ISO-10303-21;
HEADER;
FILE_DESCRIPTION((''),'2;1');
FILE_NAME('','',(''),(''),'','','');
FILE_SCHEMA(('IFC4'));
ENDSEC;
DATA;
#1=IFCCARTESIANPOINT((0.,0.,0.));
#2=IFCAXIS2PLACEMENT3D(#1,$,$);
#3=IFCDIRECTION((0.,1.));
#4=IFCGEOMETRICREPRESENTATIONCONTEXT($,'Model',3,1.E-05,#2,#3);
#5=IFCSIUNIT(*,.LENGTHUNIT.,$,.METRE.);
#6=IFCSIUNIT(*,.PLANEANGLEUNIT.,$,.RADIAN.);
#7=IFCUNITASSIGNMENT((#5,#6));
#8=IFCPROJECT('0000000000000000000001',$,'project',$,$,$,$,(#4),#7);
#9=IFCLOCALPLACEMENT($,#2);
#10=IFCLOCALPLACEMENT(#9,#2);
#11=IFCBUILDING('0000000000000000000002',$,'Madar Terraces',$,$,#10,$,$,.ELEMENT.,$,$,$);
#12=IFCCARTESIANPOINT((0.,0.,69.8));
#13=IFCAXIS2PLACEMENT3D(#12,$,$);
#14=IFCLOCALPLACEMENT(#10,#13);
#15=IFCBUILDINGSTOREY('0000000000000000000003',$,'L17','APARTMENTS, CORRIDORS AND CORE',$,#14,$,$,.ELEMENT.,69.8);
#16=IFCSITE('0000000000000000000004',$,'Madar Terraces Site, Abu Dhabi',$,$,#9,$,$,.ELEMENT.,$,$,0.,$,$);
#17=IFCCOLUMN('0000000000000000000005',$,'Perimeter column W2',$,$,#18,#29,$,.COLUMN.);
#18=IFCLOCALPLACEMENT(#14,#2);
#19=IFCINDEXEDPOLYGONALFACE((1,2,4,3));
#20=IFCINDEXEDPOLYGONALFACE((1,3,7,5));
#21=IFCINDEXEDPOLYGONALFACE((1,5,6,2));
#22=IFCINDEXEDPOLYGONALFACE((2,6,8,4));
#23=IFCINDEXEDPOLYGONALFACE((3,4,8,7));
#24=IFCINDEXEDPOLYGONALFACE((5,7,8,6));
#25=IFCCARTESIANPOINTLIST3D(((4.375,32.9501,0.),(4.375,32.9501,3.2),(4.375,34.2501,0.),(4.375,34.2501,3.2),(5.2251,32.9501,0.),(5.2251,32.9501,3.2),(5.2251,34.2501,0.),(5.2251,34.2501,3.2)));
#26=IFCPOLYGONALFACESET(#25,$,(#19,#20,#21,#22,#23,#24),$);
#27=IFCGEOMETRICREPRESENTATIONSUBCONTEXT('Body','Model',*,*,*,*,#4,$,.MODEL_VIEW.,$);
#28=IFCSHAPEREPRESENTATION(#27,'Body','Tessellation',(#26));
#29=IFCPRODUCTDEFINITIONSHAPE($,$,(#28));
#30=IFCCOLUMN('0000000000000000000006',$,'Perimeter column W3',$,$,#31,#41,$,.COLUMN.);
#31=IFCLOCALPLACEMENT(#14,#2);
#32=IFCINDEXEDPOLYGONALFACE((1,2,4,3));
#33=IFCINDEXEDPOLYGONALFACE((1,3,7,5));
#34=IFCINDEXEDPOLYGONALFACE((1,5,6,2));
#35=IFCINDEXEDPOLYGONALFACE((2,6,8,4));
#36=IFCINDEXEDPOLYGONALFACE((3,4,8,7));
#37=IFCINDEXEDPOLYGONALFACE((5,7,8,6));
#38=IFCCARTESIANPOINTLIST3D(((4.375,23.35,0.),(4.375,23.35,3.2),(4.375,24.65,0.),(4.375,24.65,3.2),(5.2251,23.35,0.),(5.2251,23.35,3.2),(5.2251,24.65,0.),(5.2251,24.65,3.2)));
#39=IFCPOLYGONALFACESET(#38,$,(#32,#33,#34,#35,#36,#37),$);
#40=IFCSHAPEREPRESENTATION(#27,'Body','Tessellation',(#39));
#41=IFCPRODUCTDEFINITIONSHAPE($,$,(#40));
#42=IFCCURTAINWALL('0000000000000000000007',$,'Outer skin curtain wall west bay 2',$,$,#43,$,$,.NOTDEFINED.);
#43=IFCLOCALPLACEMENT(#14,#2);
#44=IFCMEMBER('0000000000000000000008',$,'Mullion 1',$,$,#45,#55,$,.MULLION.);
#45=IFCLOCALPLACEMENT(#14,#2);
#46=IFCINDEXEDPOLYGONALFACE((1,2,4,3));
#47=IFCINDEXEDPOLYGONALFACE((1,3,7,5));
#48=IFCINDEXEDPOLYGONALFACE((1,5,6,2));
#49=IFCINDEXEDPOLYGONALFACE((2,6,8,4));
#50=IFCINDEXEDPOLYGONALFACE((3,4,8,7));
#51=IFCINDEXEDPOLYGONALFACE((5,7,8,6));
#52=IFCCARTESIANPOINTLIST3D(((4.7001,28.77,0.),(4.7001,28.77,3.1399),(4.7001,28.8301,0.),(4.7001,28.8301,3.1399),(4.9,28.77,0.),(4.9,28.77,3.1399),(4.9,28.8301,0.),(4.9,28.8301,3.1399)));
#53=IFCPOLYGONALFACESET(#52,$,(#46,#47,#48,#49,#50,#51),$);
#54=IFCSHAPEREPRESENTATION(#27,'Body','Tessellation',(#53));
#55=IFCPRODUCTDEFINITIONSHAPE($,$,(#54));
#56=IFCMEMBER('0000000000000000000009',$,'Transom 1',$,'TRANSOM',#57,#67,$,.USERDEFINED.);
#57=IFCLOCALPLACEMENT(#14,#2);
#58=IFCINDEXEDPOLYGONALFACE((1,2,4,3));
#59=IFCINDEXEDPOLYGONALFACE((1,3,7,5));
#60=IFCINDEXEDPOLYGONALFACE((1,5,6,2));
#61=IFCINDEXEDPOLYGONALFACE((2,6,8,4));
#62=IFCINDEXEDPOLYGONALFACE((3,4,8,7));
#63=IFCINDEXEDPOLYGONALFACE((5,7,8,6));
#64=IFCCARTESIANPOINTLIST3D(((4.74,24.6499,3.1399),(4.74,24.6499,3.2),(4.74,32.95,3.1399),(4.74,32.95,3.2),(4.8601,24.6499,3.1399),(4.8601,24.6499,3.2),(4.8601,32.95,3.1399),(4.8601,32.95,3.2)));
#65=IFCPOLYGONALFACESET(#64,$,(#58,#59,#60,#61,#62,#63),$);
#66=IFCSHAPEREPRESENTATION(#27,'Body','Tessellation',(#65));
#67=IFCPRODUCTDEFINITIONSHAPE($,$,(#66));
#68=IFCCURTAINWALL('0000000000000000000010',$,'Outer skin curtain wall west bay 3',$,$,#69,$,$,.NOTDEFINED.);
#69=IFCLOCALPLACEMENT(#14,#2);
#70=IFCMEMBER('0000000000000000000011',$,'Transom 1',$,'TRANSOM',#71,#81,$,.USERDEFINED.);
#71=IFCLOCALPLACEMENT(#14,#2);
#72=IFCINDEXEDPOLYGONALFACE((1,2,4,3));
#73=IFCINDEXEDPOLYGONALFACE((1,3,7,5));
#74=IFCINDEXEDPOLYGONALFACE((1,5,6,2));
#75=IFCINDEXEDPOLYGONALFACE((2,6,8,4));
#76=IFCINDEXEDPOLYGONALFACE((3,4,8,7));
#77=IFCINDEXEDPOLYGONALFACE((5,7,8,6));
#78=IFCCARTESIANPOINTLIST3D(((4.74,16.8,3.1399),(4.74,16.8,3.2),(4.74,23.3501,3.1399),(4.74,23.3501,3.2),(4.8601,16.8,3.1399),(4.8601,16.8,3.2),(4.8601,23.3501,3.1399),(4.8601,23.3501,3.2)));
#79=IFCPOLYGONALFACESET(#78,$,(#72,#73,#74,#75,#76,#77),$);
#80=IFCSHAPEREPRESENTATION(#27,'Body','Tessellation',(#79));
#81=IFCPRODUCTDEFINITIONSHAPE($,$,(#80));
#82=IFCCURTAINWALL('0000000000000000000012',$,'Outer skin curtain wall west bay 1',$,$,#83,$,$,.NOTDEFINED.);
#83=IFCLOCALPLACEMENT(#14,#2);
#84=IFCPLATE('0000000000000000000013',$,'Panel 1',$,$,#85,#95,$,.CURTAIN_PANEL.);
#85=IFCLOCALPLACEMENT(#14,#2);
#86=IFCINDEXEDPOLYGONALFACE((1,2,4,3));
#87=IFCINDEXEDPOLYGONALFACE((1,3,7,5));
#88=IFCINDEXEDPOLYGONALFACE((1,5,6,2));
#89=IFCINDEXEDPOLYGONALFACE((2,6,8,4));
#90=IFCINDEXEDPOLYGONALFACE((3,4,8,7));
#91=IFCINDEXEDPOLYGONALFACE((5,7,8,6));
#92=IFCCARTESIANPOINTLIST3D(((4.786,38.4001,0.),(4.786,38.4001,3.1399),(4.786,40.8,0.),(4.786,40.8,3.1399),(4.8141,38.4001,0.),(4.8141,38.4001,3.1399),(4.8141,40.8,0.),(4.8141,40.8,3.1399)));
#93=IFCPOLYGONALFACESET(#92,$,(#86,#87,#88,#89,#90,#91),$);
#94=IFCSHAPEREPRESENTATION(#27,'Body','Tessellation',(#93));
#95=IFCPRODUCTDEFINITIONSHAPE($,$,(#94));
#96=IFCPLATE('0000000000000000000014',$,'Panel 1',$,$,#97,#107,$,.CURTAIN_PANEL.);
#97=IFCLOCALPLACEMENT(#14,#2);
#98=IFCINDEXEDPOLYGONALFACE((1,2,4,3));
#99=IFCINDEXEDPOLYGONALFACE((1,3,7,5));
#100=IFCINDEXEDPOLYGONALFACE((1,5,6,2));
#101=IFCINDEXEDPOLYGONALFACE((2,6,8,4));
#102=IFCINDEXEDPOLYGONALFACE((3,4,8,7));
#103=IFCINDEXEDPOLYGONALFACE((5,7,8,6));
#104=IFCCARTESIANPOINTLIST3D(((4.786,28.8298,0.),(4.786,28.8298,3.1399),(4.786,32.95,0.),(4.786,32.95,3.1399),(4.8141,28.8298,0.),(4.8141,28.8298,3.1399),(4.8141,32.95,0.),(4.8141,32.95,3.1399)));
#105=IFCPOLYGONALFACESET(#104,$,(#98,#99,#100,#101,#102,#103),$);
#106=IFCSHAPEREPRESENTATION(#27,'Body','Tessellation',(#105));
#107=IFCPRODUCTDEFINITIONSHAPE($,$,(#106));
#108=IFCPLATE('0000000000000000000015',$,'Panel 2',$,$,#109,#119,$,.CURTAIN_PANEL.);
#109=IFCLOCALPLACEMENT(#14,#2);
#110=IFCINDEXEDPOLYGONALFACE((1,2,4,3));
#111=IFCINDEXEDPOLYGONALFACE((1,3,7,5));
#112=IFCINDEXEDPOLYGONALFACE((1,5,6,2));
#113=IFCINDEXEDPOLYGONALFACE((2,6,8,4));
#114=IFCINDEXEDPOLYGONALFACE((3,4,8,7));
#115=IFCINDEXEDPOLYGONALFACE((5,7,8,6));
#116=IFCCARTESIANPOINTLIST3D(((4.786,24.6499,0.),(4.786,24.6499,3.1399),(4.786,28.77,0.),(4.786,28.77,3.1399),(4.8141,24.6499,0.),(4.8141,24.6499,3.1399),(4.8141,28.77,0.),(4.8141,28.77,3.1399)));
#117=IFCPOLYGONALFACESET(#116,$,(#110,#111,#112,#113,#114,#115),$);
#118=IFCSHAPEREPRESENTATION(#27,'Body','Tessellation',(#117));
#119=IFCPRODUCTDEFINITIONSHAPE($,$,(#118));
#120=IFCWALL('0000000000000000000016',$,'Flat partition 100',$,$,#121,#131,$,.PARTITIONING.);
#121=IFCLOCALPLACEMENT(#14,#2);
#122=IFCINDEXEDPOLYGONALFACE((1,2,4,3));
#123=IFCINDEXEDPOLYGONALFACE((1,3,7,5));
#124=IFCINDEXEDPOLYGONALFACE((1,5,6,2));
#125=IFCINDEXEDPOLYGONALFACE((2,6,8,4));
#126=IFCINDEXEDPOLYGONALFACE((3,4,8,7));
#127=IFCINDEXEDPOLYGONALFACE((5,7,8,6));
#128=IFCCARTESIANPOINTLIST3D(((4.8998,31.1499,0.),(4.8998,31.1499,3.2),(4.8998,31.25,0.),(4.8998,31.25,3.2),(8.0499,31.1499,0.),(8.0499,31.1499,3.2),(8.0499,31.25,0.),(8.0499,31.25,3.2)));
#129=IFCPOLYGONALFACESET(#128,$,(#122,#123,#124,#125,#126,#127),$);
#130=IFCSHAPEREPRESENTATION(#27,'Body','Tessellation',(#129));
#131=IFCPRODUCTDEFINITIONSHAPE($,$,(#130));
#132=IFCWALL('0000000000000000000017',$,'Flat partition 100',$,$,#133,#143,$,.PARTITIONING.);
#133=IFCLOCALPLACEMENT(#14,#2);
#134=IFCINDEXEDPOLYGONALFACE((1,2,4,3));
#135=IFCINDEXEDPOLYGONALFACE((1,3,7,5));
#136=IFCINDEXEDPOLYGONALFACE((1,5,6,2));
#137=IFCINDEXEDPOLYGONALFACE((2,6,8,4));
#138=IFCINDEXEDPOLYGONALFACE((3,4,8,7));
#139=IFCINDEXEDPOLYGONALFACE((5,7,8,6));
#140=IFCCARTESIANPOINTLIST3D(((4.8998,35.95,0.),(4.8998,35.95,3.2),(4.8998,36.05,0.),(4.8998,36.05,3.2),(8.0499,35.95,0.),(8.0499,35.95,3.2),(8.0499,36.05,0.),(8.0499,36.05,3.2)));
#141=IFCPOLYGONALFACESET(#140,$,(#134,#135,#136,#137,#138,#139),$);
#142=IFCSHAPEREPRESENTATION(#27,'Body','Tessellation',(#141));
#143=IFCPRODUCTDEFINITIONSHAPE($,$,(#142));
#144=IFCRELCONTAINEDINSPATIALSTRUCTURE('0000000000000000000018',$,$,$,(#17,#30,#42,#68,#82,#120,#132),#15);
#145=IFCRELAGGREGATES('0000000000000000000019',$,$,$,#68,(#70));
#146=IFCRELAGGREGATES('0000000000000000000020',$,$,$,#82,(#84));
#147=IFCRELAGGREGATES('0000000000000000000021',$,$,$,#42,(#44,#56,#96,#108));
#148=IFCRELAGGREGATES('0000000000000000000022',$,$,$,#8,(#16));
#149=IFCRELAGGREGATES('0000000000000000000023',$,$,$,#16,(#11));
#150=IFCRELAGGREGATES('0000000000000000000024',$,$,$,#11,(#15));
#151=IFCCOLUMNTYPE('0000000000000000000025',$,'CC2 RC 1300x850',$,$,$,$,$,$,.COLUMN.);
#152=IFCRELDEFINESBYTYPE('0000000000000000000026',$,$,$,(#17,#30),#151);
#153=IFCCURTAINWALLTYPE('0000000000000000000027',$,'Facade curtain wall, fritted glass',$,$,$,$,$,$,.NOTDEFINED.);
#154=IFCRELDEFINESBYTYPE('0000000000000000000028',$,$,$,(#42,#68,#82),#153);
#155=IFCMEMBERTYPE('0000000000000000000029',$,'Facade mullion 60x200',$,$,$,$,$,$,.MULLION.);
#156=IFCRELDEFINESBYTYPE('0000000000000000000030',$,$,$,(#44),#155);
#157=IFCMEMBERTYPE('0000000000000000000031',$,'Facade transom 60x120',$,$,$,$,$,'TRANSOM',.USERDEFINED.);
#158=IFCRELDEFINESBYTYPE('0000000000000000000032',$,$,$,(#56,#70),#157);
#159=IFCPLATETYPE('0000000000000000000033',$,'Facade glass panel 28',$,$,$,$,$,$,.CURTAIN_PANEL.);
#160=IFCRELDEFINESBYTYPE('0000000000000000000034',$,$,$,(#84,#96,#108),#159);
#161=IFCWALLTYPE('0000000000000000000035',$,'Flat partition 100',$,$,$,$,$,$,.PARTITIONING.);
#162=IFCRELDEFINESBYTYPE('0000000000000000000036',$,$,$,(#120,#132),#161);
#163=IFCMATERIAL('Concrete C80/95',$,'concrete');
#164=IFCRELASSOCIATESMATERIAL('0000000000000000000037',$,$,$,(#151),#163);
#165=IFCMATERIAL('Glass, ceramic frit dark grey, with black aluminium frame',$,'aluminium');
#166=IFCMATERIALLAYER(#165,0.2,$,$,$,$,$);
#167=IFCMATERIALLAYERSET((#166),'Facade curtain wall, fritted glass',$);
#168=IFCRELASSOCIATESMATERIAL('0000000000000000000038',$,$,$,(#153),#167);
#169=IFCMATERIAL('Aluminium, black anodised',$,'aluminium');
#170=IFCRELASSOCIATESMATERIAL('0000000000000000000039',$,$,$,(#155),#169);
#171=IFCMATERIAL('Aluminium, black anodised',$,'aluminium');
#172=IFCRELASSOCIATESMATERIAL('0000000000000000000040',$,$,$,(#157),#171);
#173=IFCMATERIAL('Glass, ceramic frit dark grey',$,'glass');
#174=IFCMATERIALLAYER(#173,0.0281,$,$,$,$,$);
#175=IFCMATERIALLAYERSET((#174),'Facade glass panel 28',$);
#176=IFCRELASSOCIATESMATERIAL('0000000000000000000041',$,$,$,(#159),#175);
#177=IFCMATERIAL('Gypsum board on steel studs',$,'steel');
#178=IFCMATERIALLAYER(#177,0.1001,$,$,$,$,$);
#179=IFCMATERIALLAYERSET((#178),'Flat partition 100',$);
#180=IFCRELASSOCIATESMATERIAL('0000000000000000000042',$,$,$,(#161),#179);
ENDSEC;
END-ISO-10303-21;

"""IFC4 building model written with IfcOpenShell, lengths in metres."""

from ifc_helpers import new_model, si_unit, direction, frame, frame_2d, origin, origin_2d, place, context, subcontext, project, spatial, rectangle, extrude, material, layer, layer_set, material_profile, profile_set, type_object, element, aggregate, save


model = new_model("IFC4")

# Units and contexts
model_context = context("Model", 3, precision=1e-05, world=origin(), true_north=direction((0.0, 1.0)))
body_context = subcontext(model_context, "Body", "Model", "MODEL_VIEW")
ifc_project = project(units=[si_unit("LENGTHUNIT", "METRE"), si_unit("PLANEANGLEUNIT", "RADIAN")], contexts=[model_context])

# Site, building, storey
site_placement = place(None, origin())
site = spatial("IfcSite", under=ifc_project, at=site_placement, Name="Madar Terraces Site, Abu Dhabi", CompositionType="ELEMENT", RefElevation=0.0)
building_placement = place(site_placement, origin())
building = spatial("IfcBuilding", under=site, at=building_placement, Name="Madar Terraces", CompositionType="ELEMENT")
storey_placement = place(building_placement, frame((0.0, 0.0, 69.8)))
storey = spatial("IfcBuildingStorey", under=building, at=storey_placement, Name="L17", Description="APARTMENTS, CORRIDORS AND CORE", CompositionType="ELEMENT", Elevation=69.8)

# Columns
ifc_material_1 = material(Name="Concrete C80/95", Category="concrete")
ifc_material_profile_1 = material_profile(ifc_material_1, rectangle(XDim=1.3, YDim=0.8501, at=origin_2d()), Name="CC2 RC 1300x850")
ifc_profile_set_1 = profile_set([ifc_material_profile_1], Name="Concrete C80/95")
column_type = type_object("IfcColumnType", Name="CC2 RC 1300x850", PredefinedType="COLUMN", material=ifc_profile_set_1)
for number, where, z_axis, x_axis, name in (
    (1, (4.8, 33.6001, 0.0), (0.0, 0.0, 1.0), (0.0, 1.0, 0.0), "Perimeter column W2"),
    (2, (4.8, 24.0, 0.0), (0.0, 0.0, 1.0), (0.0, 1.0, 0.0), "Perimeter column W3"),
):
    element("IfcColumn", number, at=place(storey_placement, frame(where, z_axis=z_axis, x_axis=x_axis)), inside=storey, type_object=column_type, Name=name, PredefinedType="COLUMN", context=body_context, shape_type="SweptSolid", body=[
        extrude(rectangle(XDim=1.3, YDim=0.8501, at=origin_2d()), origin(), (0.0, 0.0, 1.0), 3.2),
    ])

# Curtain wall, members
ifc_material_2 = material(Name="Glass, ceramic frit dark grey, with black aluminium frame", Category="aluminium")
ifc_layer_1 = layer(ifc_material_2, 0.2)
ifc_layer_set_1 = layer_set([ifc_layer_1], Name="Facade curtain wall, fritted glass")
curtain_wall_type = type_object("IfcCurtainWallType", Name="Facade curtain wall, fritted glass", PredefinedType="NOTDEFINED", material=ifc_layer_set_1)
curtain_wall_1_placement = place(storey_placement, origin())
curtain_wall_1 = element("IfcCurtainWall", 3, at=curtain_wall_1_placement, inside=storey, type_object=curtain_wall_type, Name="Outer skin curtain wall west bay 2", PredefinedType="NOTDEFINED")
ifc_material_3 = material(Name="Aluminium, black anodised", Category="aluminium")
ifc_material_profile_2 = material_profile(ifc_material_3, rectangle(XDim=0.2, YDim=0.0601, at=origin_2d()), Name="Facade mullion 60x200")
ifc_profile_set_2 = profile_set([ifc_material_profile_2], Name="Aluminium, black anodised")
member_type_1 = type_object("IfcMemberType", Name="Facade mullion 60x200", PredefinedType="MULLION", material=ifc_profile_set_2)
member_1_placement = place(storey_placement, frame((4.8, 28.8, 0.0), z_axis=(0.0, 0.0, 1.0), x_axis=(1.0, 0.0, 0.0)))
member_1 = element("IfcMember", 4, at=member_1_placement, type_object=member_type_1, Name="Mullion 1", PredefinedType="MULLION", context=body_context, shape_type="SweptSolid", body=[
    extrude(rectangle(XDim=0.2, YDim=0.0601, at=origin_2d()), origin(), (0.0, 0.0, 1.0), 3.1399),
])
ifc_material_4 = material(Name="Aluminium, black anodised", Category="aluminium")
ifc_material_profile_3 = material_profile(ifc_material_4, rectangle(XDim=0.1201, YDim=0.0601, at=origin_2d()), Name="Facade transom 60x120")
ifc_profile_set_3 = profile_set([ifc_material_profile_3], Name="Aluminium, black anodised")
member_type_2 = type_object("IfcMemberType", Name="Facade transom 60x120", ElementType="TRANSOM", PredefinedType="USERDEFINED", material=ifc_profile_set_3)
member_2_placement = place(storey_placement, frame((4.8, 32.95, 3.1699), z_axis=(0.0, -1.0, 0.0), x_axis=(1.0, 0.0, 0.0)))
member_2 = element("IfcMember", 5, at=member_2_placement, type_object=member_type_2, Name="Transom 1", ObjectType="TRANSOM", PredefinedType="USERDEFINED", context=body_context, shape_type="SweptSolid", body=[
    extrude(rectangle(XDim=0.1201, YDim=0.0601, at=origin_2d()), origin(), (0.0, 0.0, 1.0), 8.3),
])

# Curtain wall, member
curtain_wall_2_placement = place(storey_placement, origin())
curtain_wall_2 = element("IfcCurtainWall", 6, at=curtain_wall_2_placement, inside=storey, type_object=curtain_wall_type, Name="Outer skin curtain wall west bay 3", PredefinedType="NOTDEFINED")
member_3_placement = place(storey_placement, frame((4.8, 23.3501, 3.1699), z_axis=(0.0, -1.0, 0.0), x_axis=(1.0, 0.0, 0.0)))
member_3 = element("IfcMember", 7, at=member_3_placement, type_object=member_type_2, Name="Transom 1", ObjectType="TRANSOM", PredefinedType="USERDEFINED", context=body_context, shape_type="SweptSolid", body=[
    extrude(rectangle(XDim=0.1201, YDim=0.0601, at=origin_2d()), origin(), (0.0, 0.0, 1.0), 6.55),
])
aggregate(curtain_wall_2, [member_3])

# Curtain wall, plate
curtain_wall_3_placement = place(storey_placement, origin())
curtain_wall_3 = element("IfcCurtainWall", 8, at=curtain_wall_3_placement, inside=storey, type_object=curtain_wall_type, Name="Outer skin curtain wall west bay 1", PredefinedType="NOTDEFINED")
ifc_material_5 = material(Name="Glass, ceramic frit dark grey", Category="glass")
ifc_layer_2 = layer(ifc_material_5, 0.0281)
ifc_layer_set_2 = layer_set([ifc_layer_2], Name="Facade glass panel 28")
plate_type = type_object("IfcPlateType", Name="Facade glass panel 28", PredefinedType="CURTAIN_PANEL", material=ifc_layer_set_2)
plate_1_placement = place(storey_placement, frame((4.8, 39.6001, 0.0), z_axis=(0.0, 0.0, 1.0), x_axis=(0.0, -1.0, 0.0)))
plate_1 = element("IfcPlate", 9, at=plate_1_placement, type_object=plate_type, Name="Panel 1", PredefinedType="CURTAIN_PANEL", context=body_context, shape_type="SweptSolid", body=[
    extrude(rectangle(XDim=2.3999, YDim=0.0281, at=origin_2d()), origin(), (0.0, 0.0, 1.0), 3.1399),
])
aggregate(curtain_wall_3, [plate_1])

# Plates
plate_2_placement = place(storey_placement, frame((4.8, 30.8899, 0.0), z_axis=(0.0, 0.0, 1.0), x_axis=(0.0, -1.0, 0.0)))
plate_2 = element("IfcPlate", 10, at=plate_2_placement, type_object=plate_type, Name="Panel 1", PredefinedType="CURTAIN_PANEL", context=body_context, shape_type="SweptSolid", body=[
    extrude(rectangle(XDim=4.1201, YDim=0.0281, at=origin_2d()), origin(), (0.0, 0.0, 1.0), 3.1399),
])
plate_3_placement = place(storey_placement, frame((4.8, 26.71, 0.0), z_axis=(0.0, 0.0, 1.0), x_axis=(0.0, -1.0, 0.0)))
plate_3 = element("IfcPlate", 11, at=plate_3_placement, type_object=plate_type, Name="Panel 2", PredefinedType="CURTAIN_PANEL", context=body_context, shape_type="SweptSolid", body=[
    extrude(rectangle(XDim=4.1201, YDim=0.0281, at=origin_2d()), origin(), (0.0, 0.0, 1.0), 3.1399),
])
aggregate(curtain_wall_1, [member_1, member_2, plate_2, plate_3])

# Walls
ifc_material_6 = material(Name="Gypsum board on steel studs", Category="steel")
ifc_layer_3 = layer(ifc_material_6, 0.1001)
ifc_layer_set_3 = layer_set([ifc_layer_3], Name="Flat partition 100")
wall_type_1 = type_object("IfcWallType", Name="Flat partition 100", PredefinedType="PARTITIONING", material=ifc_layer_set_3)
for number, where, z_axis, x_axis, name in (
    (12, (8.05, 31.2, 0.0), (0.0, 0.0, 1.0), (-1.0, 0.0, 0.0), "Flat partition 100"),
    (13, (8.05, 36.0, 0.0), (0.0, 0.0, 1.0), (-1.0, 0.0, 0.0), "Flat partition 100"),
):
    element("IfcWall", number, at=place(storey_placement, frame(where, z_axis=z_axis, x_axis=x_axis)), inside=storey, type_object=wall_type_1, Name=name, PredefinedType="PARTITIONING", context=body_context, shape_type="SweptSolid", body=[
        extrude(rectangle(XDim=3.1501, YDim=0.1001, at=frame_2d((1.5752, 0.0))), origin(), (0.0, 0.0, 1.0), 3.2),
    ])

save(model, "model.ifc")
